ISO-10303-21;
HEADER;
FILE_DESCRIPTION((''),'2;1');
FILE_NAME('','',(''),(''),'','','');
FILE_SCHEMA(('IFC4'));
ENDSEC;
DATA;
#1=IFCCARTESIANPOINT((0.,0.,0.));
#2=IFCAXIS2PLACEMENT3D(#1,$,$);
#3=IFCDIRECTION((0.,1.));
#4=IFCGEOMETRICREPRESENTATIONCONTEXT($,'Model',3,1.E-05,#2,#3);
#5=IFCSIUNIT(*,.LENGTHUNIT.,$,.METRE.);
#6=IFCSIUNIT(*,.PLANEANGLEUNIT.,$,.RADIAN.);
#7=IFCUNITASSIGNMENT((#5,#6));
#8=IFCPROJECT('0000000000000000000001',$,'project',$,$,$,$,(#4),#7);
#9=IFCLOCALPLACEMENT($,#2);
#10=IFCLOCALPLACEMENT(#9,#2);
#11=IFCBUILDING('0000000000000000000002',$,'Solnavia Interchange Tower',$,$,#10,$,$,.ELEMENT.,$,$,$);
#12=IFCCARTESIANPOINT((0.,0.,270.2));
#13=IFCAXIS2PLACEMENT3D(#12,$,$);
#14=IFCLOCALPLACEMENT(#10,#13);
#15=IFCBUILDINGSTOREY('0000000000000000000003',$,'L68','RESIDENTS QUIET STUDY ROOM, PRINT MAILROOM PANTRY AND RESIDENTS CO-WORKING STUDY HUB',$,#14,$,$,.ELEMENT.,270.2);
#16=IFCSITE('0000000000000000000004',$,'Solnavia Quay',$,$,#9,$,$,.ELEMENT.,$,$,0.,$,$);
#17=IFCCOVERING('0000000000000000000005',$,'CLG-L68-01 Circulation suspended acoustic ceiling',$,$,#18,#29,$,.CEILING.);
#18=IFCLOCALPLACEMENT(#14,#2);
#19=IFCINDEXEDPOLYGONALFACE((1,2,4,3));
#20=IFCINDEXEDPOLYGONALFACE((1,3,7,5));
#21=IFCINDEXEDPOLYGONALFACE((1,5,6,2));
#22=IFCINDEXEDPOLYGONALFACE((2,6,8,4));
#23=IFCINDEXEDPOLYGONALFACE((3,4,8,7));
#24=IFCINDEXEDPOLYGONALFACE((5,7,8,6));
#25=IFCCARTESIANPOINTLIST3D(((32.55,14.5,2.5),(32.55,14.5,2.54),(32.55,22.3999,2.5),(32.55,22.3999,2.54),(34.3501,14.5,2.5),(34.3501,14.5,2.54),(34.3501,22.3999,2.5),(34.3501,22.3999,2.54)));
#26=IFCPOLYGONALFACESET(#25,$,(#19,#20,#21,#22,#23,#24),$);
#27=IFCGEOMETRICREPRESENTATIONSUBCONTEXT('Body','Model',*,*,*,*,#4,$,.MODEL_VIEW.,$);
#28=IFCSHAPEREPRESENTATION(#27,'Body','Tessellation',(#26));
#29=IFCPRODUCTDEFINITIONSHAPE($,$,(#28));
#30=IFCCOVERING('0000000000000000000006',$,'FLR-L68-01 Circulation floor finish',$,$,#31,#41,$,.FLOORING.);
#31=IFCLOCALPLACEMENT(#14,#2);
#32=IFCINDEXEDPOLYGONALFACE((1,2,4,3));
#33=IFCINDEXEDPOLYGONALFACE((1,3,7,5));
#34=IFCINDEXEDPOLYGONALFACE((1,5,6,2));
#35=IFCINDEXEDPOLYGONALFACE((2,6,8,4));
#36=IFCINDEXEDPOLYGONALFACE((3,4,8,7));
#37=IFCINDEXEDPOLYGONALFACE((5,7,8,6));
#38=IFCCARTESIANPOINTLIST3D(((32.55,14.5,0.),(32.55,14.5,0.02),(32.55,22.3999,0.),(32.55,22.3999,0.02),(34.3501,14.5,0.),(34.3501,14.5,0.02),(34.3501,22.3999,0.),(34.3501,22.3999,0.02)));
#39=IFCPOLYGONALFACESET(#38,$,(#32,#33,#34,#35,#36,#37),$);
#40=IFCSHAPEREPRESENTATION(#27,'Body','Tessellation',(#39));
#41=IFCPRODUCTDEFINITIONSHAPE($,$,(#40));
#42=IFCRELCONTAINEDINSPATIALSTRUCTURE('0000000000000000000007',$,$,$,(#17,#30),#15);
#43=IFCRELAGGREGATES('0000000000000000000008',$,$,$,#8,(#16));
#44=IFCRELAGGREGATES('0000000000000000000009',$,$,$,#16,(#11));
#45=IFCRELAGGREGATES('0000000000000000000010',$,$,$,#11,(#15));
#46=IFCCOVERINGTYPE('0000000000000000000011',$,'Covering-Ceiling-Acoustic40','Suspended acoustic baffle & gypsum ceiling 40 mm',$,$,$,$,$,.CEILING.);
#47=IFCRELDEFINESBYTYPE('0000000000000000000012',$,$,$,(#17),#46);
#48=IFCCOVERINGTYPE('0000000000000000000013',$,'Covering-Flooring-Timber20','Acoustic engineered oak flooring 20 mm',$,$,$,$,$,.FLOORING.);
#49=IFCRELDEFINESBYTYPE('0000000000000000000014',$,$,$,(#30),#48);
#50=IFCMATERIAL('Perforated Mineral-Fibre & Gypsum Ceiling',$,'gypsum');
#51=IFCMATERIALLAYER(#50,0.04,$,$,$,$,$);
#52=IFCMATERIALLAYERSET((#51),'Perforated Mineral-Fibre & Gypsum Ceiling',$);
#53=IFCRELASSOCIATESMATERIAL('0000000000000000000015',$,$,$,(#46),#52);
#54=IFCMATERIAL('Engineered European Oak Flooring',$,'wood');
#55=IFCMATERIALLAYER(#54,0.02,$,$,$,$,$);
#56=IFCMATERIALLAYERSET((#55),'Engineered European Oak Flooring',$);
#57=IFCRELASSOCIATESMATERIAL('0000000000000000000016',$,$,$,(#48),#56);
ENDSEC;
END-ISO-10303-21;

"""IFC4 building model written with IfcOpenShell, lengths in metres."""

from ifc_helpers import new_model, si_unit, direction, frame, origin, place, context, subcontext, project, spatial, polyline, outline, extrude, material, layer, layer_set, type_object, element, save


model = new_model("IFC4")

# Units and contexts
model_context = context("Model", 3, precision=1e-05, world=origin(), true_north=direction((0.0, 1.0)))
body_context = subcontext(model_context, "Body", "Model", "MODEL_VIEW")
ifc_project = project(units=[si_unit("LENGTHUNIT", "METRE"), si_unit("PLANEANGLEUNIT", "RADIAN")], contexts=[model_context])

# Site, building, storey
site_placement = place(None, origin())
site = spatial("IfcSite", under=ifc_project, at=site_placement, Name="Solnavia Quay", CompositionType="ELEMENT", RefElevation=0.0)
building_placement = place(site_placement, origin())
building = spatial("IfcBuilding", under=site, at=building_placement, Name="Solnavia Interchange Tower", CompositionType="ELEMENT")
storey_placement = place(building_placement, frame((0.0, 0.0, 270.2)))
storey = spatial("IfcBuildingStorey", under=building, at=storey_placement, Name="L68", Description="RESIDENTS QUIET STUDY ROOM, PRINT MAILROOM PANTRY AND RESIDENTS CO-WORKING STUDY HUB", CompositionType="ELEMENT", Elevation=270.2)

# Coverings
ifc_material_1 = material(Name="Perforated Mineral-Fibre & Gypsum Ceiling", Category="gypsum")
ifc_layer_1 = layer(ifc_material_1, 0.04)
ifc_layer_set_1 = layer_set([ifc_layer_1], Name="Perforated Mineral-Fibre & Gypsum Ceiling")
covering_type_1 = type_object("IfcCoveringType", Name="Covering-Ceiling-Acoustic40", Description="Suspended acoustic baffle & gypsum ceiling 40 mm", PredefinedType="CEILING", material=ifc_layer_set_1)
covering_1_placement = place(storey_placement, frame((0.0, 0.0, 2.5)))
element("IfcCovering", 1, at=covering_1_placement, inside=storey, type_object=covering_type_1, Name="CLG-L68-01 Circulation suspended acoustic ceiling", PredefinedType="CEILING", context=body_context, shape_type="SweptSolid", body=[
    extrude(outline(polyline([(32.55, 14.5), (34.3501, 14.5), (34.3501, 22.3999), (32.55, 22.3999), (32.55, 14.5)])), origin(), (0.0, 0.0, 1.0), 0.04),
])
ifc_material_2 = material(Name="Engineered European Oak Flooring", Category="wood")
ifc_layer_2 = layer(ifc_material_2, 0.02)
ifc_layer_set_2 = layer_set([ifc_layer_2], Name="Engineered European Oak Flooring")
covering_type_2 = type_object("IfcCoveringType", Name="Covering-Flooring-Timber20", Description="Acoustic engineered oak flooring 20 mm", PredefinedType="FLOORING", material=ifc_layer_set_2)
covering_2_placement = place(storey_placement, origin())
element("IfcCovering", 2, at=covering_2_placement, inside=storey, type_object=covering_type_2, Name="FLR-L68-01 Circulation floor finish", PredefinedType="FLOORING", context=body_context, shape_type="SweptSolid", body=[
    extrude(outline(polyline([(32.55, 14.5), (34.3501, 14.5), (34.3501, 22.3999), (32.55, 22.3999), (32.55, 14.5)])), origin(), (0.0, 0.0, 1.0), 0.02),
])

save(model, "model.ifc")
